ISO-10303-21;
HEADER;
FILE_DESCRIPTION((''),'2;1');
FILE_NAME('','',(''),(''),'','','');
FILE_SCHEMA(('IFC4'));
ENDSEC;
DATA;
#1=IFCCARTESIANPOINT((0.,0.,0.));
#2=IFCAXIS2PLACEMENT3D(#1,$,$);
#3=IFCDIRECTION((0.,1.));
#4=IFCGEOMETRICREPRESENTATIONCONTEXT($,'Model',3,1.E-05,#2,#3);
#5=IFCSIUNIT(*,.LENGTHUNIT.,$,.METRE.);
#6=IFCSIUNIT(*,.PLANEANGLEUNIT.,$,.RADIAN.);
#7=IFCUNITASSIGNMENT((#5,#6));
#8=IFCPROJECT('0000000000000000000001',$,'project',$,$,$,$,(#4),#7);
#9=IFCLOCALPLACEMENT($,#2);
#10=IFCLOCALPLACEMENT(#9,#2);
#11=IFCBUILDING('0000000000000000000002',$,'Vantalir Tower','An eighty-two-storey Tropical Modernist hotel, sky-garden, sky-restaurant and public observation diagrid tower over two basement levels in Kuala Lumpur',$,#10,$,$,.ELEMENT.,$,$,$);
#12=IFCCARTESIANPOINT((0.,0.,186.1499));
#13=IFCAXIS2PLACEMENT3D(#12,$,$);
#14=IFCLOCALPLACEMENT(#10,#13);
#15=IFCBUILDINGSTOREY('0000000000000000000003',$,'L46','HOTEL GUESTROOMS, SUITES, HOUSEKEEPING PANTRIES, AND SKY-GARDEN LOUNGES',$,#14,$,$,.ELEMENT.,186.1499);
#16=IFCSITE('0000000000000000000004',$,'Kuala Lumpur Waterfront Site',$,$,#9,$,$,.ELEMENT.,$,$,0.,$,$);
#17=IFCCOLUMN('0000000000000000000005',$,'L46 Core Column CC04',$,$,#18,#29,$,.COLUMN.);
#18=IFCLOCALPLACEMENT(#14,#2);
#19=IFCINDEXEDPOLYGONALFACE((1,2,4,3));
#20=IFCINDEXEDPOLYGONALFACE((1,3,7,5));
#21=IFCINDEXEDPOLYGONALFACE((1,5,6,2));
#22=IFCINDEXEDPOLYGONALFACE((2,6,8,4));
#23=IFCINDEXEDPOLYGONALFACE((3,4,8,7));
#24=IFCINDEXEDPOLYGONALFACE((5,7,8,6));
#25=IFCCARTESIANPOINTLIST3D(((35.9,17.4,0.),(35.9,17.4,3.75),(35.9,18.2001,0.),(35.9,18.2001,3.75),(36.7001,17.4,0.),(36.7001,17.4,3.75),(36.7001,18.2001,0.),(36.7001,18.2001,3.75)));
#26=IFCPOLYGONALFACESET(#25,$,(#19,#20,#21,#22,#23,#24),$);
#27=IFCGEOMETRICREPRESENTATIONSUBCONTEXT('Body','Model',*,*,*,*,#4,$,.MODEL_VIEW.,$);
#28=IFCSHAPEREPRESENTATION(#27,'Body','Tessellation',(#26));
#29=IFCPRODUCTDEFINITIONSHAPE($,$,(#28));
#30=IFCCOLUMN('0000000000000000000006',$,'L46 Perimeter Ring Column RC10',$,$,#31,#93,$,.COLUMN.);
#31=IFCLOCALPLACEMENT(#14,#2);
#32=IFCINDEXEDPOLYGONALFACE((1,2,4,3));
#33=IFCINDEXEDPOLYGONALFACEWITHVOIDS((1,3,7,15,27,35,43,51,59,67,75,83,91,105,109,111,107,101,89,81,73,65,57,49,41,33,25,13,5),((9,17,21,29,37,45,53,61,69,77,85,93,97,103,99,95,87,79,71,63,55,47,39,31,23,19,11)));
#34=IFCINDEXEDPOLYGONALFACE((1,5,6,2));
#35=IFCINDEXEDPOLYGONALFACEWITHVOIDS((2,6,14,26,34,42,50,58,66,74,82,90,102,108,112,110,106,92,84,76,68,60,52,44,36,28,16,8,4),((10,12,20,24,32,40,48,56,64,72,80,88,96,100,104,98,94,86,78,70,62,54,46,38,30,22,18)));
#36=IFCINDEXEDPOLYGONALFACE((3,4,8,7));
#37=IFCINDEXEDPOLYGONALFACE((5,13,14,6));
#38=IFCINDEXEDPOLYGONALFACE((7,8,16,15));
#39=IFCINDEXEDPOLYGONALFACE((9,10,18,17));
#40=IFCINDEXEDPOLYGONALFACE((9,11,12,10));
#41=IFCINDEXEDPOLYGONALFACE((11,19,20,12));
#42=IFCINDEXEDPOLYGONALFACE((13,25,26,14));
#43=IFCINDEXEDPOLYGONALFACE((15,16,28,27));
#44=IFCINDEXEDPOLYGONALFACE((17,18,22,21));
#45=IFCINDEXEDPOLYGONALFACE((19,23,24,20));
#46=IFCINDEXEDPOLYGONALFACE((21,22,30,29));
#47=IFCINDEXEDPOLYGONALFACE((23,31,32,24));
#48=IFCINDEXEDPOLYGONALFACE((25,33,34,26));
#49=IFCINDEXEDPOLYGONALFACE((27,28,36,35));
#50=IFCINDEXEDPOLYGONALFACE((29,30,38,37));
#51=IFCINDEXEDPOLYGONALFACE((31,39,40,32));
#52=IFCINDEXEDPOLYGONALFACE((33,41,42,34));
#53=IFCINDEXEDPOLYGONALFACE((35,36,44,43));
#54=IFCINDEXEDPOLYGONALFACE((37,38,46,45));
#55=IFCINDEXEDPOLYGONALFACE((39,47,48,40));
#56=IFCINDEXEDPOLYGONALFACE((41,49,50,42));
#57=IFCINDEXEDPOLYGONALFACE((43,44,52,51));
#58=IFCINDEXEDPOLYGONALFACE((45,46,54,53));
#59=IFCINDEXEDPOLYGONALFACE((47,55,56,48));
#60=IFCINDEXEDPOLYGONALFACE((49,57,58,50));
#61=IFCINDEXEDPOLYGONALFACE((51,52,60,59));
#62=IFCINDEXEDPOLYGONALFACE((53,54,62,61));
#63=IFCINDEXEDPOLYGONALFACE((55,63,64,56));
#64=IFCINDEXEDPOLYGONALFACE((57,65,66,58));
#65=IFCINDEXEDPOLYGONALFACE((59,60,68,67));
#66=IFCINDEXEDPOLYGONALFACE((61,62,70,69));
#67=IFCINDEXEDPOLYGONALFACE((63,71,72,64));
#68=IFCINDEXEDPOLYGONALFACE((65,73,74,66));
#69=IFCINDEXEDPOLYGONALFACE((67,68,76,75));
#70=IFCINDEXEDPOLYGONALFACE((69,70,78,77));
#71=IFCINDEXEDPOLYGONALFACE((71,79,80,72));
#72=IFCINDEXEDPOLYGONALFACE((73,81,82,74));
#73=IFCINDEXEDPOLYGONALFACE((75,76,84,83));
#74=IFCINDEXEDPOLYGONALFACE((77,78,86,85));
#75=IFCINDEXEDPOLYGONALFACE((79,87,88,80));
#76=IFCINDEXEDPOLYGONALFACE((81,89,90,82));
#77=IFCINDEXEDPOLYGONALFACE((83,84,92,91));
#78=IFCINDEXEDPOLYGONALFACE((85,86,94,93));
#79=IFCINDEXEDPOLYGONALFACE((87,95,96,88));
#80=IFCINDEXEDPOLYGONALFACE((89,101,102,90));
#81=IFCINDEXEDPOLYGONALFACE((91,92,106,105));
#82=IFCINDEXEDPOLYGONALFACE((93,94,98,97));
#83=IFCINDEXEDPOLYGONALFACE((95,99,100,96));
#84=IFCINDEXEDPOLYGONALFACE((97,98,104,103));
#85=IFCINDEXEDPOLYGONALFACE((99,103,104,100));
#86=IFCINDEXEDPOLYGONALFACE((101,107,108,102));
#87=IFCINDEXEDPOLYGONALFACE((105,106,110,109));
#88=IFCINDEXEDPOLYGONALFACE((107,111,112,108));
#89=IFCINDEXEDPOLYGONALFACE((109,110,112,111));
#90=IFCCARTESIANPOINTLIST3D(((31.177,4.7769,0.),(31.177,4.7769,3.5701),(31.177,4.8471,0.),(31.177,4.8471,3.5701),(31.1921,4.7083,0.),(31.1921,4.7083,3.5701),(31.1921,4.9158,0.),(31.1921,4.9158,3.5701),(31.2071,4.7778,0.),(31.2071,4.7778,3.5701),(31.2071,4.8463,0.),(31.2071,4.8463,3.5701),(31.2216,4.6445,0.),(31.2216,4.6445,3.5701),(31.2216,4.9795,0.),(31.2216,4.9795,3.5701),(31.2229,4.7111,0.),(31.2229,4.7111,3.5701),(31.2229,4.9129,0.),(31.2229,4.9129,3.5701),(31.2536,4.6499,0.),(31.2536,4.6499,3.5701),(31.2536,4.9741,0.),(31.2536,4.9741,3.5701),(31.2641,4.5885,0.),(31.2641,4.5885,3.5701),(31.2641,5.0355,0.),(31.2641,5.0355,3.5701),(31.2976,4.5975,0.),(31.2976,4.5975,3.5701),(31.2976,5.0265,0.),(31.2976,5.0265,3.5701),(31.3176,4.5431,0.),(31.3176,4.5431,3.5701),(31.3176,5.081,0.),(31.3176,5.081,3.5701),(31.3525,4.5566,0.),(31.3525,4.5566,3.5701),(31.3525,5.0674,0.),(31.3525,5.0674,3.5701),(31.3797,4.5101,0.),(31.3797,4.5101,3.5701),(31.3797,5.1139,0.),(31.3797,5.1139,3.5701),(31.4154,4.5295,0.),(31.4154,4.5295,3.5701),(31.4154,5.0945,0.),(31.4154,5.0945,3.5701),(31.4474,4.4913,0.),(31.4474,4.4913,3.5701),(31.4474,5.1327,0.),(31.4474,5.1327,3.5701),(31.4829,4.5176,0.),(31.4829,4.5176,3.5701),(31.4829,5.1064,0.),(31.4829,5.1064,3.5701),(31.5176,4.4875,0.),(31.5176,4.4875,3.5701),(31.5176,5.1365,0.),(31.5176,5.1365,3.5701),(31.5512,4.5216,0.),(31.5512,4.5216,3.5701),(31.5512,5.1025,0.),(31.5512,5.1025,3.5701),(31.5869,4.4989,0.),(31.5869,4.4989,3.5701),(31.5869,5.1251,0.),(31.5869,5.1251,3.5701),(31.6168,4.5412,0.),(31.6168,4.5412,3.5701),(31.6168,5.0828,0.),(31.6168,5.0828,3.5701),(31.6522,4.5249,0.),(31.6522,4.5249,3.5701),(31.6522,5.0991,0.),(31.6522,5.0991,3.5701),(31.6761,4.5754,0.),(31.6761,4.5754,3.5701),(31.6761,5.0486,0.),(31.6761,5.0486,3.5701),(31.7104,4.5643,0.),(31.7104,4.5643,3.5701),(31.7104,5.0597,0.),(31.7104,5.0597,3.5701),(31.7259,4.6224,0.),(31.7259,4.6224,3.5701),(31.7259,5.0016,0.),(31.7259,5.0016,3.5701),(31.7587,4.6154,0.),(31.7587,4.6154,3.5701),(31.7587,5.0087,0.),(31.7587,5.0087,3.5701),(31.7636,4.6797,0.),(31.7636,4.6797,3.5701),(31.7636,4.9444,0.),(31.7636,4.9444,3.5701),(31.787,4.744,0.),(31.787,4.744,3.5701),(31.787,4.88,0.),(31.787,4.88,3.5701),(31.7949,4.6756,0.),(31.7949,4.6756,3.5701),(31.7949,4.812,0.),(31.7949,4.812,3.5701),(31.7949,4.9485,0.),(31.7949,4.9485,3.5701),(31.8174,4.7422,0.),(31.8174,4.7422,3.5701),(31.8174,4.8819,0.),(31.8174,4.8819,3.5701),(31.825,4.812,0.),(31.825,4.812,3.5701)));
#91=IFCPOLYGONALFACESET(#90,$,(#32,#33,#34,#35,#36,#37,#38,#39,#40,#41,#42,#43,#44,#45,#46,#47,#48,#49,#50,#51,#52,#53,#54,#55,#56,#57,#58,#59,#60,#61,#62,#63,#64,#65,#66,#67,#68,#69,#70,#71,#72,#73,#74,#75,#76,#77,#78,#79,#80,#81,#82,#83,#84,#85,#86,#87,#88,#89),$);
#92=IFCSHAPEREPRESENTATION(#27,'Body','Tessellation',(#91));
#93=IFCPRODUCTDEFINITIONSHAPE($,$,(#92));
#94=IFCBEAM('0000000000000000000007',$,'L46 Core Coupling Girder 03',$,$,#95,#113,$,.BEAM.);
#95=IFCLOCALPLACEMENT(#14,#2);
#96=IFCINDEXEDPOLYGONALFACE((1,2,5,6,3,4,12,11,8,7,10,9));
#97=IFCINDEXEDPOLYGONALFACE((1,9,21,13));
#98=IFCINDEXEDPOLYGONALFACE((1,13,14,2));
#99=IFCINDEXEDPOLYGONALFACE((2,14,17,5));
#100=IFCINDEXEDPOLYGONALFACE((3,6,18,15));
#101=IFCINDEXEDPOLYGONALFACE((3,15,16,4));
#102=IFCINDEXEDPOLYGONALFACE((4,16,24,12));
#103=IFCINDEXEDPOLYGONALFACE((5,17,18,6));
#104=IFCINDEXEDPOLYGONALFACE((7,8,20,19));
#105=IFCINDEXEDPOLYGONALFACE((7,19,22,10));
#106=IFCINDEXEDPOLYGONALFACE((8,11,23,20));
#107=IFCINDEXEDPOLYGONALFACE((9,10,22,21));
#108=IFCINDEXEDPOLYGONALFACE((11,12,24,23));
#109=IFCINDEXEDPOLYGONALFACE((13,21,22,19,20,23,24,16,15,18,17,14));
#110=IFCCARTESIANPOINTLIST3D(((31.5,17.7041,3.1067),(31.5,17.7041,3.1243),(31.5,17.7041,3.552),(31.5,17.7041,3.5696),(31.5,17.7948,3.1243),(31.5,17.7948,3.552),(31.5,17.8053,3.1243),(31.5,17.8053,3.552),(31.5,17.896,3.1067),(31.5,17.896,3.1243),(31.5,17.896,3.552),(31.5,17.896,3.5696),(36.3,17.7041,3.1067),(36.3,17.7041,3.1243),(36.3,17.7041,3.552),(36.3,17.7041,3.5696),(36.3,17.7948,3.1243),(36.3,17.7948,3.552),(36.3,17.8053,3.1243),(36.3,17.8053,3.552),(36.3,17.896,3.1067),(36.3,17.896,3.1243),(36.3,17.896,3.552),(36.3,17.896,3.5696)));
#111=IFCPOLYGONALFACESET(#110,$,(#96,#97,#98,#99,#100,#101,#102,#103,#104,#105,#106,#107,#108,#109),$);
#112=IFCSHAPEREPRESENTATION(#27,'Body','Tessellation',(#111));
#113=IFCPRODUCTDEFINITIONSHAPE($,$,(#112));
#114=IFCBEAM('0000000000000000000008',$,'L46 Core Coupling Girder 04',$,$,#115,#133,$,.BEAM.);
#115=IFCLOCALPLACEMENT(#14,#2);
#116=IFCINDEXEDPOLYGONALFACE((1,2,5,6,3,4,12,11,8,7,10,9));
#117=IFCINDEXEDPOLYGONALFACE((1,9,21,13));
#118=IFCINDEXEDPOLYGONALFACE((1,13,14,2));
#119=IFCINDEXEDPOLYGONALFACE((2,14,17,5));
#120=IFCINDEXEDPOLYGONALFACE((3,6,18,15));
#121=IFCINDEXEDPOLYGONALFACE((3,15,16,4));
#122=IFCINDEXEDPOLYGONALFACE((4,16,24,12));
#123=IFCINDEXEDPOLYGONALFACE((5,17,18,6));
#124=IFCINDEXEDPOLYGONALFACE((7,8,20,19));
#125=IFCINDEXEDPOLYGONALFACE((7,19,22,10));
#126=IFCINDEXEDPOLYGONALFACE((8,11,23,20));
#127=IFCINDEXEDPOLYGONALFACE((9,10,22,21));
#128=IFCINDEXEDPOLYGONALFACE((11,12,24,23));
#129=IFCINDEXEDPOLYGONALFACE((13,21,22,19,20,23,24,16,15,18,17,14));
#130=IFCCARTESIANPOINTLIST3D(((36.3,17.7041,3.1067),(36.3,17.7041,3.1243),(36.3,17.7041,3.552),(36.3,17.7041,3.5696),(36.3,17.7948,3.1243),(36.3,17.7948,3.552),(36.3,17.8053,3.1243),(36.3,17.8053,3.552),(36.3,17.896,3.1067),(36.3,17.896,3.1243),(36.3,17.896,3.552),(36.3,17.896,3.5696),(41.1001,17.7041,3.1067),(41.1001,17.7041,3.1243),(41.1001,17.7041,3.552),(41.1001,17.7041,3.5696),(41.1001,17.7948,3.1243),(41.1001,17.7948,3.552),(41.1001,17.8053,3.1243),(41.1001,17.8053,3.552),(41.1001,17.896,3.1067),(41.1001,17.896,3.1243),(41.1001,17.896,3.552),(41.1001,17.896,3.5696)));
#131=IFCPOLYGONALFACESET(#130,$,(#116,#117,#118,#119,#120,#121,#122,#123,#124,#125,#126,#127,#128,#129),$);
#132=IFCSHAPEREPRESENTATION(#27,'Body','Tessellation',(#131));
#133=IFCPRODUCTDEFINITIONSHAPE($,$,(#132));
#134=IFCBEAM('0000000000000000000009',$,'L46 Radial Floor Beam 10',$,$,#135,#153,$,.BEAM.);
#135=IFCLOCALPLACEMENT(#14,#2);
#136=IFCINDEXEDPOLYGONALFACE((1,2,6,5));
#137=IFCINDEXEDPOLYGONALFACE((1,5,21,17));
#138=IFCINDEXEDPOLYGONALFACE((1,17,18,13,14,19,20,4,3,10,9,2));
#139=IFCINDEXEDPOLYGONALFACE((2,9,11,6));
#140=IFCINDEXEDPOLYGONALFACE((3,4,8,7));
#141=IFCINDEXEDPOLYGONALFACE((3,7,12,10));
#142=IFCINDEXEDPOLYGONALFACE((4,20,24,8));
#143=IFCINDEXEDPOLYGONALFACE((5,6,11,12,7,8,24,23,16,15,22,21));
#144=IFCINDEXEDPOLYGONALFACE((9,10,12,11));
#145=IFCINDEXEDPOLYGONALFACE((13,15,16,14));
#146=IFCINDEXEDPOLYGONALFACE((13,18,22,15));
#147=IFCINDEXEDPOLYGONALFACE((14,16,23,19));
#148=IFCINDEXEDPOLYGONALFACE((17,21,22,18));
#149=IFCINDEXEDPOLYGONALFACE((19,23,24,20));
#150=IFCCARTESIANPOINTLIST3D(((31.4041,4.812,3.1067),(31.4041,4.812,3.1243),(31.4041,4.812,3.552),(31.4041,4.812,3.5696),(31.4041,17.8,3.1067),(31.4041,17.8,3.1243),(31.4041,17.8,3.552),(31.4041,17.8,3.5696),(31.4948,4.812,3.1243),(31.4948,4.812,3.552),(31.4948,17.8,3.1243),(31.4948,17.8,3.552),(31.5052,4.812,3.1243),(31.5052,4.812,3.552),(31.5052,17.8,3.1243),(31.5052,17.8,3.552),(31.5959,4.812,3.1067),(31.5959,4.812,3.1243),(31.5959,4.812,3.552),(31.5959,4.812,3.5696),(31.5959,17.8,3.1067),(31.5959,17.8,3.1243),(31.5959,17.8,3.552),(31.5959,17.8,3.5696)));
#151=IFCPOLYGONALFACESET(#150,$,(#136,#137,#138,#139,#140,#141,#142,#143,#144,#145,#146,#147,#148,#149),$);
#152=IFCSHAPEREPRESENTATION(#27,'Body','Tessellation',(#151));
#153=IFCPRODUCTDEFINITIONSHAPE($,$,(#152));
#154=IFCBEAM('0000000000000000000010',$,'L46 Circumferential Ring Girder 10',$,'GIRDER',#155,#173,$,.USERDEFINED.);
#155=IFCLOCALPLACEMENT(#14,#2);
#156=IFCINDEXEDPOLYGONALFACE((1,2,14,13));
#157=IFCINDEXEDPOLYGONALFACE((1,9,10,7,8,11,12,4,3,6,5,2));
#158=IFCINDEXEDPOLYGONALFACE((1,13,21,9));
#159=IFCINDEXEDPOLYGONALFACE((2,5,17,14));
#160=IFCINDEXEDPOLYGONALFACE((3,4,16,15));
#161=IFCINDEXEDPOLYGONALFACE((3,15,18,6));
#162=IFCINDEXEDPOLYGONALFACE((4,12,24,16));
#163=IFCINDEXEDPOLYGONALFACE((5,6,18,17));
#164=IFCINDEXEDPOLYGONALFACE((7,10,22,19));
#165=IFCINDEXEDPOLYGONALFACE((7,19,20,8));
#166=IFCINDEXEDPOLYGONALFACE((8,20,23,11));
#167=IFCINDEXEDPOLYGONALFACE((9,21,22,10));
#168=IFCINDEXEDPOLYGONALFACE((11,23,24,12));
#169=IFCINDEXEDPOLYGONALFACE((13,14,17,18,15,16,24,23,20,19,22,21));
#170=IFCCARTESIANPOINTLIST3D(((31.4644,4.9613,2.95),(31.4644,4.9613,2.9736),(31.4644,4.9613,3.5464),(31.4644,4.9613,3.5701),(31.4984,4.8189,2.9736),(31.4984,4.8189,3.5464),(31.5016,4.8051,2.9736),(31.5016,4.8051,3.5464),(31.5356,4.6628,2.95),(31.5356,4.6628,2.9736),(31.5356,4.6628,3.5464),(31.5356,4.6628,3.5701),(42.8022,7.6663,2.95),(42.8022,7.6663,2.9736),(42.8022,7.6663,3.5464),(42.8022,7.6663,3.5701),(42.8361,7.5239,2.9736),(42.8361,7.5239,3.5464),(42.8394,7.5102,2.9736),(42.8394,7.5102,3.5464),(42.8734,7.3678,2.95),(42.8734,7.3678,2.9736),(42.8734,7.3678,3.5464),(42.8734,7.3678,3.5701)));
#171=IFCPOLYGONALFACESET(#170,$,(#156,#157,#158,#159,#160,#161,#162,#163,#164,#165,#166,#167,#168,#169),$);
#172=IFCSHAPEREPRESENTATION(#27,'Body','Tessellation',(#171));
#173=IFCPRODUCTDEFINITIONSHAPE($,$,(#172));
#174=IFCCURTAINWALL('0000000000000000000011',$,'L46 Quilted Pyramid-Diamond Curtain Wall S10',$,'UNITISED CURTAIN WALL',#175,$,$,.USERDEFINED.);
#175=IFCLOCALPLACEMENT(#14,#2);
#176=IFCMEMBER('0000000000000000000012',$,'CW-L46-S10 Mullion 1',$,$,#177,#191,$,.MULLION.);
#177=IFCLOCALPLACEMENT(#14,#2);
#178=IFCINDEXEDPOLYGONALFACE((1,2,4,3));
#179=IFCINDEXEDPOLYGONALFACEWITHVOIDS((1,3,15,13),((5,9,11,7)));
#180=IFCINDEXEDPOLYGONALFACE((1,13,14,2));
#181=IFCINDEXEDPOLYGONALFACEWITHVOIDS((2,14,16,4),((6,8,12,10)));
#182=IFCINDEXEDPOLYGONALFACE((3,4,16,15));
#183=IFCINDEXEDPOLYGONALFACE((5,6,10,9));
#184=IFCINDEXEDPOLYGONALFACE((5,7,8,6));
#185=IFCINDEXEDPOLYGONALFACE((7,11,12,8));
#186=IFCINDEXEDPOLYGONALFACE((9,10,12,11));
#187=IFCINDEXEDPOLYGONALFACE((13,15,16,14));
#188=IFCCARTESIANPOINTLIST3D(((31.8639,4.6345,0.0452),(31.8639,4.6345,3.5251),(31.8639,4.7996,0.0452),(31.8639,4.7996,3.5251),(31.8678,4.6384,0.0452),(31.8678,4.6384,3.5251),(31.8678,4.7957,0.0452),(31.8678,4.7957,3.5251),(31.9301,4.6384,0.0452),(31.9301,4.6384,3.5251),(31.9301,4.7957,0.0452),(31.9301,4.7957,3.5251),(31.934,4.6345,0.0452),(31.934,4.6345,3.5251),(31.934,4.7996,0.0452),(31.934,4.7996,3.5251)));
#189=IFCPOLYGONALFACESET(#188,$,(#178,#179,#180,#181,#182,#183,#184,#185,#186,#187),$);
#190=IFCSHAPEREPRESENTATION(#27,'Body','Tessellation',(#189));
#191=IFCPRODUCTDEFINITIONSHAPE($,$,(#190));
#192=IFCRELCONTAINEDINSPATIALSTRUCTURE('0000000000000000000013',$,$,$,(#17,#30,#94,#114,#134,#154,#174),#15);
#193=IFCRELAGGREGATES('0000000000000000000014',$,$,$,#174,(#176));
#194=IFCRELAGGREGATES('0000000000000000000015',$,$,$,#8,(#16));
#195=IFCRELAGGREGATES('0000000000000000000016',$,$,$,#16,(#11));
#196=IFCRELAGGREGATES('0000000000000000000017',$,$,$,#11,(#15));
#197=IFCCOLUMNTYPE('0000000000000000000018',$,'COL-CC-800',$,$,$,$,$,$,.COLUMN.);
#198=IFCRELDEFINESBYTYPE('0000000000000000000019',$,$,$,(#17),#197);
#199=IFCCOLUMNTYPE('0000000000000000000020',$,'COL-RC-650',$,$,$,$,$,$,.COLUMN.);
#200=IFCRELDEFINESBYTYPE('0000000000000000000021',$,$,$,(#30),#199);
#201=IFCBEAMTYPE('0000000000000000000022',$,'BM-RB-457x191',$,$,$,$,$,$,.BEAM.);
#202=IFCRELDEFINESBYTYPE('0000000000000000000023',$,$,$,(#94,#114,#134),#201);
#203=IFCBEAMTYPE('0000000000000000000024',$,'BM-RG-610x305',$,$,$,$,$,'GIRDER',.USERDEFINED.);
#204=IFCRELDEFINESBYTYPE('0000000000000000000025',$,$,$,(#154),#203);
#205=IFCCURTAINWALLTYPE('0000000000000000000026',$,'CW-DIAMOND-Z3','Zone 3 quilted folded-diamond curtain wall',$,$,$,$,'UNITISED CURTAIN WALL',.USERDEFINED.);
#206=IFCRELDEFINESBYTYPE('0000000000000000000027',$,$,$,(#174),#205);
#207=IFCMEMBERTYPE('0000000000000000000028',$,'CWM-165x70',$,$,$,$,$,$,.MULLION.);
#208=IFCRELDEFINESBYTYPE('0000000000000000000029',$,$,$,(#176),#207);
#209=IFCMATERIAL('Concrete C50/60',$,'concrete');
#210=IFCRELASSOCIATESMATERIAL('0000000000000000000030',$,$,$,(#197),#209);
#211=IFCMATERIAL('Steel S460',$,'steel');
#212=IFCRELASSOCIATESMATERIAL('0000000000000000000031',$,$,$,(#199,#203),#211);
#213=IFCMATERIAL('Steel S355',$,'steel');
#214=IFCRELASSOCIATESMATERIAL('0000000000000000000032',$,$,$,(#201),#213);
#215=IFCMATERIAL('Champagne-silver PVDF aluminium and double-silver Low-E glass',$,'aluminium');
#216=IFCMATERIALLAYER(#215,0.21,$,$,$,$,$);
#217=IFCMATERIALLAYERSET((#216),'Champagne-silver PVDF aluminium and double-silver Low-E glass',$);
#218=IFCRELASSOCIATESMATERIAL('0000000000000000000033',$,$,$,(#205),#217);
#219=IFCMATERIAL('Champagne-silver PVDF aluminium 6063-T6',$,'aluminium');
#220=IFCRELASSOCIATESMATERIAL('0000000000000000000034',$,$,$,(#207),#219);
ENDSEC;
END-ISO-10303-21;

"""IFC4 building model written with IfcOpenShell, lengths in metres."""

from ifc_helpers import new_model, si_unit, direction, frame, origin, origin_2d, place, context, subcontext, project, spatial, rectangle, hollow_rectangle, hollow_circle, i_section, extrude, material, layer, layer_set, material_profile, profile_set, type_object, element, aggregate, save


model = new_model("IFC4")

# Units and contexts
model_context = context("Model", 3, precision=1e-05, world=origin(), true_north=direction((0.0, 1.0)))
body_context = subcontext(model_context, "Body", "Model", "MODEL_VIEW")
ifc_project = project(units=[si_unit("LENGTHUNIT", "METRE"), si_unit("PLANEANGLEUNIT", "RADIAN")], contexts=[model_context])

# Site, building, storey
site_placement = place(None, origin())
site = spatial("IfcSite", under=ifc_project, at=site_placement, Name="Kuala Lumpur Waterfront Site", CompositionType="ELEMENT", RefElevation=0.0)
building_placement = place(site_placement, origin())
building = spatial("IfcBuilding", under=site, at=building_placement, Name="Vantalir Tower", Description="An eighty-two-storey Tropical Modernist hotel, sky-garden, sky-restaurant and public observation diagrid tower over two basement levels in Kuala Lumpur", CompositionType="ELEMENT")
storey_placement = place(building_placement, frame((0.0, 0.0, 186.1499)))
storey = spatial("IfcBuildingStorey", under=building, at=storey_placement, Name="L46", Description="HOTEL GUESTROOMS, SUITES, HOUSEKEEPING PANTRIES, AND SKY-GARDEN LOUNGES", CompositionType="ELEMENT", Elevation=186.1499)

# Columns
ifc_material_1 = material(Name="Concrete C50/60", Category="concrete")
ifc_material_profile_1 = material_profile(ifc_material_1, rectangle(XDim=0.8, YDim=0.8, at=origin_2d()), Name="Concrete C50/60")
ifc_profile_set_1 = profile_set([ifc_material_profile_1], Name="Concrete C50/60")
column_type_1 = type_object("IfcColumnType", Name="COL-CC-800", PredefinedType="COLUMN", material=ifc_profile_set_1)
column_1_placement = place(storey_placement, frame((36.3, 17.8, 0.0), z_axis=(0.0, 0.0, 1.0), x_axis=(1.0, 0.0, 0.0)))
element("IfcColumn", 1, at=column_1_placement, inside=storey, type_object=column_type_1, Name="L46 Core Column CC04", PredefinedType="COLUMN", context=body_context, shape_type="SweptSolid", body=[
    extrude(rectangle(XDim=0.8, YDim=0.8, at=origin_2d()), origin(), (0.0, 0.0, 1.0), 3.75),
])
ifc_material_2 = material(Name="Steel S460", Category="steel")
ifc_material_profile_2 = material_profile(ifc_material_2, hollow_circle(Radius=0.325, WallThickness=0.03, at=origin_2d()), Name="Steel S460")
ifc_profile_set_2 = profile_set([ifc_material_profile_2], Name="Steel S460")
column_type_2 = type_object("IfcColumnType", Name="COL-RC-650", PredefinedType="COLUMN", material=ifc_profile_set_2)
column_2_placement = place(storey_placement, frame((31.5, 4.812, 0.0), z_axis=(0.0, 0.0, 1.0), x_axis=(1.0, 0.0, 0.0)))
element("IfcColumn", 2, at=column_2_placement, inside=storey, type_object=column_type_2, Name="L46 Perimeter Ring Column RC10", PredefinedType="COLUMN", context=body_context, shape_type="SweptSolid", body=[
    extrude(hollow_circle(Radius=0.325, WallThickness=0.03, at=origin_2d()), origin(), (0.0, 0.0, 1.0), 3.5701),
])

# Beams
ifc_material_3 = material(Name="Steel S355", Category="steel")
ifc_material_profile_3 = material_profile(ifc_material_3, i_section(OverallWidth=0.1919, OverallDepth=0.4629, WebThickness=0.0105, FlangeThickness=0.0176, at=origin_2d()), Name="Steel S355")
ifc_profile_set_3 = profile_set([ifc_material_profile_3], Name="Steel S355")
beam_type_1 = type_object("IfcBeamType", Name="BM-RB-457x191", PredefinedType="BEAM", material=ifc_profile_set_3)
for number, where, z_axis, x_axis, name in (
    (3, (31.5, 17.8, 3.3381), (1.0, 0.0, 0.0), (0.0, 1.0, 0.0), "L46 Core Coupling Girder 03"),
    (4, (36.3, 17.8, 3.3381), (1.0, 0.0, 0.0), (0.0, 1.0, 0.0), "L46 Core Coupling Girder 04"),
):
    element("IfcBeam", number, at=place(storey_placement, frame(where, z_axis=z_axis, x_axis=x_axis)), inside=storey, type_object=beam_type_1, Name=name, PredefinedType="BEAM", context=body_context, shape_type="SweptSolid", body=[
        extrude(i_section(OverallWidth=0.1919, OverallDepth=0.4629, WebThickness=0.0105, FlangeThickness=0.0176, at=origin_2d()), origin(), (0.0, 0.0, 1.0), 4.8),
    ])
beam_1_placement = place(storey_placement, frame((31.5, 4.812, 3.3381), z_axis=(0.0, 1.0, 0.0), x_axis=(-1.0, 0.0, 0.0)))
element("IfcBeam", 5, at=beam_1_placement, inside=storey, type_object=beam_type_1, Name="L46 Radial Floor Beam 10", PredefinedType="BEAM", context=body_context, shape_type="SweptSolid", body=[
    extrude(i_section(OverallWidth=0.1919, OverallDepth=0.4629, WebThickness=0.0105, FlangeThickness=0.0176, at=origin_2d()), origin(), (0.0, 0.0, 1.0), 12.988),
])
ifc_material_profile_4 = material_profile(ifc_material_2, i_section(OverallWidth=0.3069, OverallDepth=0.6201, WebThickness=0.0142, FlangeThickness=0.0237, at=origin_2d()), Name="Steel S460")
ifc_profile_set_4 = profile_set([ifc_material_profile_4], Name="Steel S460")
beam_type_2 = type_object("IfcBeamType", Name="BM-RG-610x305", ElementType="GIRDER", PredefinedType="USERDEFINED", material=ifc_profile_set_4)
beam_2_placement = place(storey_placement, frame((31.5, 4.812, 3.26), z_axis=(0.972698, 0.232074, 0.0), x_axis=(-0.232074, 0.972698, 0.0)))
element("IfcBeam", 6, at=beam_2_placement, inside=storey, type_object=beam_type_2, Name="L46 Circumferential Ring Girder 10", ObjectType="GIRDER", PredefinedType="USERDEFINED", context=body_context, shape_type="SweptSolid", body=[
    extrude(i_section(OverallWidth=0.3069, OverallDepth=0.6201, WebThickness=0.0142, FlangeThickness=0.0237, at=origin_2d()), origin(), (0.0, 0.0, 1.0), 11.656),
])

# Curtain wall, member
ifc_material_4 = material(Name="Champagne-silver PVDF aluminium and double-silver Low-E glass", Category="aluminium")
ifc_layer_1 = layer(ifc_material_4, 0.21)
ifc_layer_set_1 = layer_set([ifc_layer_1], Name="Champagne-silver PVDF aluminium and double-silver Low-E glass")
curtain_wall_type = type_object("IfcCurtainWallType", Name="CW-DIAMOND-Z3", Description="Zone 3 quilted folded-diamond curtain wall", ElementType="UNITISED CURTAIN WALL", PredefinedType="USERDEFINED", material=ifc_layer_set_1)
curtain_wall_placement = place(storey_placement, origin())
curtain_wall = element("IfcCurtainWall", 7, at=curtain_wall_placement, inside=storey, type_object=curtain_wall_type, Name="L46 Quilted Pyramid-Diamond Curtain Wall S10", ObjectType="UNITISED CURTAIN WALL", PredefinedType="USERDEFINED")
ifc_material_5 = material(Name="Champagne-silver PVDF aluminium 6063-T6", Category="aluminium")
ifc_material_profile_5 = material_profile(ifc_material_5, hollow_rectangle(XDim=0.0701, YDim=0.165, WallThickness=0.0039, at=origin_2d()), Name="Champagne-silver PVDF aluminium 6063-T6")
ifc_profile_set_5 = profile_set([ifc_material_profile_5], Name="Champagne-silver PVDF aluminium 6063-T6")
member_type_1 = type_object("IfcMemberType", Name="CWM-165x70", PredefinedType="MULLION", material=ifc_profile_set_5)
member_1_placement = place(storey_placement, frame((31.8989, 4.717, 0.0452), z_axis=(0.0, 0.0, 1.0), x_axis=(1.0, 0.0, 0.0)))
member_1 = element("IfcMember", 8, at=member_1_placement, type_object=member_type_1, Name="CW-L46-S10 Mullion 1", PredefinedType="MULLION", context=body_context, shape_type="SweptSolid", body=[
    extrude(hollow_rectangle(XDim=0.0701, YDim=0.165, WallThickness=0.0039, at=origin_2d()), origin(), (0.0, 0.0, 1.0), 3.48),
])
aggregate(curtain_wall, [member_1])

save(model, "model.ifc")
